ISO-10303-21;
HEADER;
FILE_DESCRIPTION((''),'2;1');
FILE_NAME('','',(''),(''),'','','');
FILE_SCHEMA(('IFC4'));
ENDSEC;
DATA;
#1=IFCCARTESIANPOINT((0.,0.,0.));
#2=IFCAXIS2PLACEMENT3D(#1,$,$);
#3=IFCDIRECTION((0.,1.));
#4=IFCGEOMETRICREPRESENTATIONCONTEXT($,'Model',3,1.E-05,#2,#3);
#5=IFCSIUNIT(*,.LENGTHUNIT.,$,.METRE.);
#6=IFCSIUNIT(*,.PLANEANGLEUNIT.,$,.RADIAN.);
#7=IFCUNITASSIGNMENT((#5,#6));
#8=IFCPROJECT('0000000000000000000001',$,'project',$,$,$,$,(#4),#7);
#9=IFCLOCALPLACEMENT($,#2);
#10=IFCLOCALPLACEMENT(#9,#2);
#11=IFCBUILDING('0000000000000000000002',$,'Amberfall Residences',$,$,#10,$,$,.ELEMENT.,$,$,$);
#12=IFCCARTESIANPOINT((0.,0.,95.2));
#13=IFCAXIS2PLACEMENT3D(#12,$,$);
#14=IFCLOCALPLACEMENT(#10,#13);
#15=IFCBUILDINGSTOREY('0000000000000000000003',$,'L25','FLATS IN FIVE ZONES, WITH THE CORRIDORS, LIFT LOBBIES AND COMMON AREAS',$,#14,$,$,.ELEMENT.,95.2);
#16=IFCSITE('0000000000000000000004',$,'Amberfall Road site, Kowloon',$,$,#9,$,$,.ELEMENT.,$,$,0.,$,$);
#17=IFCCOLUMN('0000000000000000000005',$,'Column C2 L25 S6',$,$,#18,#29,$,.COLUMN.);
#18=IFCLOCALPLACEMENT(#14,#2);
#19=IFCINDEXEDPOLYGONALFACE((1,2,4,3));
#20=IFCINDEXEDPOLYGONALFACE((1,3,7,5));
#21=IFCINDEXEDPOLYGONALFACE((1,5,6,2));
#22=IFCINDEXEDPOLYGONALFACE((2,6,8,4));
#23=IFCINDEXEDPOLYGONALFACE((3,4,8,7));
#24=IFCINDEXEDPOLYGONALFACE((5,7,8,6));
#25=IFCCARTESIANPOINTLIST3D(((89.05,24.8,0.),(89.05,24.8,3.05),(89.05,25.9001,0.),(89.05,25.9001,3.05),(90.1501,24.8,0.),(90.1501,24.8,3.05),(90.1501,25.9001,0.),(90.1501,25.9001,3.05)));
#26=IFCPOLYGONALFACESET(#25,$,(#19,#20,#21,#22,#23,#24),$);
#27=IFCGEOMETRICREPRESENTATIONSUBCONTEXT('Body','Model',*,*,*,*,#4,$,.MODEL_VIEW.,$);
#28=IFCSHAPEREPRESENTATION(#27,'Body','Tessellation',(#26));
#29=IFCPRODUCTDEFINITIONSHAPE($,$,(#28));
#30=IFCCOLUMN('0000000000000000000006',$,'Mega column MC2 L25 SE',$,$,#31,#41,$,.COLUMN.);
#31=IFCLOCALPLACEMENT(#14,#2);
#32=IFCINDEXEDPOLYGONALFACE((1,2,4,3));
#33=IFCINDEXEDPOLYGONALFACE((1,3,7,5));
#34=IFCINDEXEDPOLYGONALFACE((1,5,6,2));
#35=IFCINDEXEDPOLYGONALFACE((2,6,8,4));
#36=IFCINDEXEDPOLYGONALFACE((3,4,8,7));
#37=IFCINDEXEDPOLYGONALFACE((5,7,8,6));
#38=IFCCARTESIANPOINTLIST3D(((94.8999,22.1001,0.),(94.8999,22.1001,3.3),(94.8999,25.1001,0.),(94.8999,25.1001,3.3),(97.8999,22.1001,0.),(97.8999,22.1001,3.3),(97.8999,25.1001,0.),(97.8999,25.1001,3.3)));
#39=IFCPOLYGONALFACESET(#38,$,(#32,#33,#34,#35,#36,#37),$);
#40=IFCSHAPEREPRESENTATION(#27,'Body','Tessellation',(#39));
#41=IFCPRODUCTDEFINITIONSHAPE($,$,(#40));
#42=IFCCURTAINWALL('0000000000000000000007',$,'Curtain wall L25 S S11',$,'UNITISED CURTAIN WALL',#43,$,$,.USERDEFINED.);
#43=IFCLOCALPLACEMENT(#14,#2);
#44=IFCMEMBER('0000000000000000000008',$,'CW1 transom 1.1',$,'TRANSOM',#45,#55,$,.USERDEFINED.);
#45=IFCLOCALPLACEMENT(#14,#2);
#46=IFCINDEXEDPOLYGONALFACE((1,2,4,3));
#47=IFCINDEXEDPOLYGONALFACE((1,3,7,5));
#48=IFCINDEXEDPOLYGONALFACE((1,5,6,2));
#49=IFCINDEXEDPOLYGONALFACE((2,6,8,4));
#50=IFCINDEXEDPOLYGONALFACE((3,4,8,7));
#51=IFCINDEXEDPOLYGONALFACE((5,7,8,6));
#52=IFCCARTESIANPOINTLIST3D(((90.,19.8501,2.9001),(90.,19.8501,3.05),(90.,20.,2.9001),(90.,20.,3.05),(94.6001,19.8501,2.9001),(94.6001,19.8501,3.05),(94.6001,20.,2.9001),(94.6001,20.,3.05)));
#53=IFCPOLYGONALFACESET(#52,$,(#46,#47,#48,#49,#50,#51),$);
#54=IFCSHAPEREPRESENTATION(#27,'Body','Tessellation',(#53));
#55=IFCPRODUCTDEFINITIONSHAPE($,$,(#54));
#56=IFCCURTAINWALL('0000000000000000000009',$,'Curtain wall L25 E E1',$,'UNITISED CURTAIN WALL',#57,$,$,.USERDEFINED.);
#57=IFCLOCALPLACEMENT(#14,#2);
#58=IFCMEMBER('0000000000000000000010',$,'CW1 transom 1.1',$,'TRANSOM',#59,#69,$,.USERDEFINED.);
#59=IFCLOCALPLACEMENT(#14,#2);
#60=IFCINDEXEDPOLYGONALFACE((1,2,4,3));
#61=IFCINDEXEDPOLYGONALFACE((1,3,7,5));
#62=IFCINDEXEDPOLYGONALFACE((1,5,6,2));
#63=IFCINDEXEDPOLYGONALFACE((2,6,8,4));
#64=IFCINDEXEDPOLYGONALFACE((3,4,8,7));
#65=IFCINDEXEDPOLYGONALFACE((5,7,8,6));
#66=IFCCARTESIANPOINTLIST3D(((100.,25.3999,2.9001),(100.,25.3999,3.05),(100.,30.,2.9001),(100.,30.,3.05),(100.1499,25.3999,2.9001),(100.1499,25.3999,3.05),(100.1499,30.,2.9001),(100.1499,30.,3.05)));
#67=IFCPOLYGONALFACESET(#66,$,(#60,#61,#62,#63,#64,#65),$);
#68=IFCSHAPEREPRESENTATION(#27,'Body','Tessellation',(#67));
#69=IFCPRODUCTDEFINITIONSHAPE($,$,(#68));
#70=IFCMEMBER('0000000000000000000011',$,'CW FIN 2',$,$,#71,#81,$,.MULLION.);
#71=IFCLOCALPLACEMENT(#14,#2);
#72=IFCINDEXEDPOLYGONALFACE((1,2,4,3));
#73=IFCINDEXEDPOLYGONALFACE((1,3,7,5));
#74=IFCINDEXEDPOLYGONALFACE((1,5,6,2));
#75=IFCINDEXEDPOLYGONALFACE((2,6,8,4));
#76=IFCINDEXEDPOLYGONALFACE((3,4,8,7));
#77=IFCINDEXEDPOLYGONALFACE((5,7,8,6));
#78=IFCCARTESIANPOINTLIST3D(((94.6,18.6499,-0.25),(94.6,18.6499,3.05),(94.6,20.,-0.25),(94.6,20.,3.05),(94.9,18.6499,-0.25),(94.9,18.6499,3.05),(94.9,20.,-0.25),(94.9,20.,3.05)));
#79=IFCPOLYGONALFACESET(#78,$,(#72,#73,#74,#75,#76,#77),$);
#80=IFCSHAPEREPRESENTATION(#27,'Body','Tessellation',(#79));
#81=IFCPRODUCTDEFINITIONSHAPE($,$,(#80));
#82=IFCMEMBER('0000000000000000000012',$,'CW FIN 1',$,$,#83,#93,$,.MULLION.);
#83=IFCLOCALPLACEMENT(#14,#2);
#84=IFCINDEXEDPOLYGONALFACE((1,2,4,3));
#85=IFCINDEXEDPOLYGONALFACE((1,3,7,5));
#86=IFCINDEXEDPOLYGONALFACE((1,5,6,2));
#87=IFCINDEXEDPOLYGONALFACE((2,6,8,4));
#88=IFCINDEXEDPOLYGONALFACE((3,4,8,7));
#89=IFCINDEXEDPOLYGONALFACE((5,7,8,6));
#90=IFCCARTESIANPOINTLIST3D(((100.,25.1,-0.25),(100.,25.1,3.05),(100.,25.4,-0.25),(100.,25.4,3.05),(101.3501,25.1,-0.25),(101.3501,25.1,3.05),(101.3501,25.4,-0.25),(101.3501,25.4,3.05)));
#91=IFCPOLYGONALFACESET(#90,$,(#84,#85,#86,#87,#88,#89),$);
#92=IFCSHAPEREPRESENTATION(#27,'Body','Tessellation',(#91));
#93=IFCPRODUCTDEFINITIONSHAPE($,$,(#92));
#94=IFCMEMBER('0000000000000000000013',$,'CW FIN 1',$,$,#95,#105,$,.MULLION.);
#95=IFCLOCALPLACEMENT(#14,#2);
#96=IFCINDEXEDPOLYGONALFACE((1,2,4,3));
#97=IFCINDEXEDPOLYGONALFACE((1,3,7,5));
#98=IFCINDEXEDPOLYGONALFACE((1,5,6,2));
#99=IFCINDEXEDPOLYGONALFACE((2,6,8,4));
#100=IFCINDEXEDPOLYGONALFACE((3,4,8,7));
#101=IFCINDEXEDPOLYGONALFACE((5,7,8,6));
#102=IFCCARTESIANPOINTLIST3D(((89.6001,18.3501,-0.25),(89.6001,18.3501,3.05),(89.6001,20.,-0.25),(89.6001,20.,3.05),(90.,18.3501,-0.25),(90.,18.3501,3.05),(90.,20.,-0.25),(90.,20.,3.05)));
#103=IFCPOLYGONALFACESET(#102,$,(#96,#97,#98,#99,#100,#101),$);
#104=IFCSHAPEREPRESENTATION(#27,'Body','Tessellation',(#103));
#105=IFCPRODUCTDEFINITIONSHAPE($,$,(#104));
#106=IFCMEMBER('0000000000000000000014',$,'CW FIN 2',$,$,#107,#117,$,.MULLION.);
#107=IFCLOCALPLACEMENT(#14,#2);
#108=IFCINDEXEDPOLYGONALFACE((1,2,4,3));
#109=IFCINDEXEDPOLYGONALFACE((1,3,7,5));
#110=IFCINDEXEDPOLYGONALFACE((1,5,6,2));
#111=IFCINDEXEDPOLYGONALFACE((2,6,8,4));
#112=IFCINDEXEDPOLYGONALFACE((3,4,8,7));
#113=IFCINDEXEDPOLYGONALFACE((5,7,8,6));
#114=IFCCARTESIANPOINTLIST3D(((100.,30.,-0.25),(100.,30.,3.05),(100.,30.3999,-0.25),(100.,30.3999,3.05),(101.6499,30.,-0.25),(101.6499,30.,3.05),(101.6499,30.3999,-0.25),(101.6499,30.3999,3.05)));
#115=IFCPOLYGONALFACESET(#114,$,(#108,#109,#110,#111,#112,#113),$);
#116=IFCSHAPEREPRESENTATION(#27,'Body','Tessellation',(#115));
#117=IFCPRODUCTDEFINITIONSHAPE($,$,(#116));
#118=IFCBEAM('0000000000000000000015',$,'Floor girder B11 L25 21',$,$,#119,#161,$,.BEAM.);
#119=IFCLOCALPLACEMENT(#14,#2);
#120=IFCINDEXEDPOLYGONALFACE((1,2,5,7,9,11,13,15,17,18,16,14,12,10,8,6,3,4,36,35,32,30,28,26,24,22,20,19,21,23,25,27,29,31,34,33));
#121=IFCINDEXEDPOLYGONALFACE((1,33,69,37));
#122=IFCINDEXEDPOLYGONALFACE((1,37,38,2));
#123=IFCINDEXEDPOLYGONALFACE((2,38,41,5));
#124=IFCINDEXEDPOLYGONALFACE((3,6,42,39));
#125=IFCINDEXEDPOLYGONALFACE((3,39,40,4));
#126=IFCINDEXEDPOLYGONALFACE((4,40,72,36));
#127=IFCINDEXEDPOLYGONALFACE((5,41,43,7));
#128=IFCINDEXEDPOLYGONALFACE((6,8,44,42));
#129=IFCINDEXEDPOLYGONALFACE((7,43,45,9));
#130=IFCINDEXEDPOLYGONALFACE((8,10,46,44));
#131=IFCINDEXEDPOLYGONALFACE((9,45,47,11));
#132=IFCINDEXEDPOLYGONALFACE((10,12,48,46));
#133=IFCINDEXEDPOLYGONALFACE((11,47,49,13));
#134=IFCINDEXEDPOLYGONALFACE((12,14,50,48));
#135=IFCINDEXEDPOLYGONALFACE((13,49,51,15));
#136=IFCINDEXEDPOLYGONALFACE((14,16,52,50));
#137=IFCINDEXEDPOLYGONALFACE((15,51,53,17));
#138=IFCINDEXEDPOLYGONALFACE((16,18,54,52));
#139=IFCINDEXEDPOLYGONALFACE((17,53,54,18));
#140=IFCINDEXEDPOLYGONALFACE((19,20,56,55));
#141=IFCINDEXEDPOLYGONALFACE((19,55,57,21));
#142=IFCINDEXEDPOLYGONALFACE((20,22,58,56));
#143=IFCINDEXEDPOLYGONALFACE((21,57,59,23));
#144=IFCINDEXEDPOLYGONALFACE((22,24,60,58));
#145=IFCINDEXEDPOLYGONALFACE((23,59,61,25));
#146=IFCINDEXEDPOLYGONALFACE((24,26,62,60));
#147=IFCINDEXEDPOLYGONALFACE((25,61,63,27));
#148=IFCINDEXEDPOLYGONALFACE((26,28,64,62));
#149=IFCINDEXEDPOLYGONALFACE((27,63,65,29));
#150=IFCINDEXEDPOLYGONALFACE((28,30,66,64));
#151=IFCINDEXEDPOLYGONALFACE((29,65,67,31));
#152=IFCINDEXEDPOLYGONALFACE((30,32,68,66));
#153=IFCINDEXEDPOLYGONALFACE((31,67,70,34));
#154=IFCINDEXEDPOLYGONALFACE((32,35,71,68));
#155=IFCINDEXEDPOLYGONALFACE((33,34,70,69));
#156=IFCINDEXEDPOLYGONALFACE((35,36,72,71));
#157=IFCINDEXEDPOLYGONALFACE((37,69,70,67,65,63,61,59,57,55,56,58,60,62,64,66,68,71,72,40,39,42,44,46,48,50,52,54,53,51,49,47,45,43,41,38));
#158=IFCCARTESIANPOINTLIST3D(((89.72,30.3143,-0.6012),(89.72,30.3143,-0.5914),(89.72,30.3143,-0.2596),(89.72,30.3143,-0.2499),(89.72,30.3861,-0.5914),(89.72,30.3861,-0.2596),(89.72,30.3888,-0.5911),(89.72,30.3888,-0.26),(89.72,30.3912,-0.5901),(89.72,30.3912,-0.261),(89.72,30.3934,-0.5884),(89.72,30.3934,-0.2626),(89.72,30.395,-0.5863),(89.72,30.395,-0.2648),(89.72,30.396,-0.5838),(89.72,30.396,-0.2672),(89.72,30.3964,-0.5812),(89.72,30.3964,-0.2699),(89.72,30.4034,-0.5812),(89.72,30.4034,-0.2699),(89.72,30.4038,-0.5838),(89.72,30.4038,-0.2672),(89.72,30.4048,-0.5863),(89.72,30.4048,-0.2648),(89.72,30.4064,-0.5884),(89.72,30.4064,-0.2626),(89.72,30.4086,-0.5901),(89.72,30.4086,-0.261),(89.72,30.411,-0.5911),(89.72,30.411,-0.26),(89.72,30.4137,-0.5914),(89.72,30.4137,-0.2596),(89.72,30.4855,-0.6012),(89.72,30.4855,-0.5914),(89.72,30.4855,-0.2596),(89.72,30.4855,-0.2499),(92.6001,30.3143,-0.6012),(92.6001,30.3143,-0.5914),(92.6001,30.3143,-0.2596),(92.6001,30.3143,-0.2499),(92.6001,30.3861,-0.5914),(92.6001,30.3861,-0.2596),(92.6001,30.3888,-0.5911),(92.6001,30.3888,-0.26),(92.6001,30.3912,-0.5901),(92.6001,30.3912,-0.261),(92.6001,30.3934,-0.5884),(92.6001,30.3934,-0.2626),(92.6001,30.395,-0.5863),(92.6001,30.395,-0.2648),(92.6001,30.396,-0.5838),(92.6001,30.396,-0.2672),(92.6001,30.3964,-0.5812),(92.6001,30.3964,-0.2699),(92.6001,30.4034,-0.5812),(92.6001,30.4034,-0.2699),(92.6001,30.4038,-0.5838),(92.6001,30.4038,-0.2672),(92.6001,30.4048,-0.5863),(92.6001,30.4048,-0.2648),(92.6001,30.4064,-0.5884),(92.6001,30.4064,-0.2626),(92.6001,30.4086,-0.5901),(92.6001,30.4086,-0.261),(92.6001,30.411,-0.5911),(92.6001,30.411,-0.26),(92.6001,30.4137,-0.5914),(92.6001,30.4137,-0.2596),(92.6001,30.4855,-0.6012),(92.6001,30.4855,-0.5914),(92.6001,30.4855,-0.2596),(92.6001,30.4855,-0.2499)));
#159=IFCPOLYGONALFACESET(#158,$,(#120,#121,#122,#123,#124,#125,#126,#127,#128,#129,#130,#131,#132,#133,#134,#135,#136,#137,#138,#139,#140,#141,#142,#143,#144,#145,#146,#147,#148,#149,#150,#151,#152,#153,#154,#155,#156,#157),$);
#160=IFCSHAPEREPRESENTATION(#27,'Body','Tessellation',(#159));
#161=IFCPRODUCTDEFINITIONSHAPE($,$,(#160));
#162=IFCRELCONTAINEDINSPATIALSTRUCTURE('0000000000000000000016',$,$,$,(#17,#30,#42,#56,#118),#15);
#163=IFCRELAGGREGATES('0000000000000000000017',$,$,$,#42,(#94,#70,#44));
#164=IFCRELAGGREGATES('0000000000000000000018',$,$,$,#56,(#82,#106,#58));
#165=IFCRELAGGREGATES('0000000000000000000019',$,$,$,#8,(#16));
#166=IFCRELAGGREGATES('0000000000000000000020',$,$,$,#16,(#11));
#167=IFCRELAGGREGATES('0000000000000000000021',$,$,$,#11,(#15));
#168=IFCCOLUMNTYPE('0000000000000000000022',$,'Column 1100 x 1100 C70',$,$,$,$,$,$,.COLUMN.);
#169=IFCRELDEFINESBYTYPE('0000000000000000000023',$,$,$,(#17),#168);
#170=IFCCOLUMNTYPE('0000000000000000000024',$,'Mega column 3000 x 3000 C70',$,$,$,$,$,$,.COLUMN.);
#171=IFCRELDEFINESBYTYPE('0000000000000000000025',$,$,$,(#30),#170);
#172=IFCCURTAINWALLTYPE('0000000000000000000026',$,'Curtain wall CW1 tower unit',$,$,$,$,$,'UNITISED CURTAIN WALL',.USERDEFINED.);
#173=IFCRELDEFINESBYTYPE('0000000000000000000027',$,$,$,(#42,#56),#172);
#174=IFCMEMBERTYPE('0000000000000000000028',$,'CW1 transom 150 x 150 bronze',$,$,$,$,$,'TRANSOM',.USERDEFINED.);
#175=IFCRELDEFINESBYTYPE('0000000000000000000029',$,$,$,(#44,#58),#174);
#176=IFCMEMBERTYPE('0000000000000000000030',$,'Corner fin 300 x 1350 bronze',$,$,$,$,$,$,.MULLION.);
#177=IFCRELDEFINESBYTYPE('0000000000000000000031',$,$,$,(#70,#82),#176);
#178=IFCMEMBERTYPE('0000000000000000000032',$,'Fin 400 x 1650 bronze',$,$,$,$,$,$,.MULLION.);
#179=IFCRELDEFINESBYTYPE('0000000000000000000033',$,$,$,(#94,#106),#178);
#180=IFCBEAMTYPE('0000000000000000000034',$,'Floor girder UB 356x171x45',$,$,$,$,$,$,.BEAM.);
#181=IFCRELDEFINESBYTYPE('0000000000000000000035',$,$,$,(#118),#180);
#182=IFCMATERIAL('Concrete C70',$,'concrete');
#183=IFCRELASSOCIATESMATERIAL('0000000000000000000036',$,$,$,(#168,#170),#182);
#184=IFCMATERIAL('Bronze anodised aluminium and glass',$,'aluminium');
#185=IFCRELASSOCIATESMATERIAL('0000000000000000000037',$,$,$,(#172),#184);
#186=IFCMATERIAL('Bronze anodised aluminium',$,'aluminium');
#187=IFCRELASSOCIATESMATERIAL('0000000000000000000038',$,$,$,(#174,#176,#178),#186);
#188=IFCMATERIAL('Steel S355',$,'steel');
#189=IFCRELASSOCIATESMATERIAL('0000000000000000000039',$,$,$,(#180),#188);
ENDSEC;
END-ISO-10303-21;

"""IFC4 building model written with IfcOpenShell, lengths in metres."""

from ifc_helpers import new_model, si_unit, direction, frame, origin, origin_2d, place, context, subcontext, project, spatial, rectangle, i_section, extrude, material, material_profile, profile_set, type_object, element, aggregate, save


model = new_model("IFC4")

# Units and contexts
model_context = context("Model", 3, precision=1e-05, world=origin(), true_north=direction((0.0, 1.0)))
body_context = subcontext(model_context, "Body", "Model", "MODEL_VIEW")
ifc_project = project(units=[si_unit("LENGTHUNIT", "METRE"), si_unit("PLANEANGLEUNIT", "RADIAN")], contexts=[model_context])

# Site, building, storey
site_placement = place(None, origin())
site = spatial("IfcSite", under=ifc_project, at=site_placement, Name="Amberfall Road site, Kowloon", CompositionType="ELEMENT", RefElevation=0.0)
building_placement = place(site_placement, origin())
building = spatial("IfcBuilding", under=site, at=building_placement, Name="Amberfall Residences", CompositionType="ELEMENT")
storey_placement = place(building_placement, frame((0.0, 0.0, 95.2)))
storey = spatial("IfcBuildingStorey", under=building, at=storey_placement, Name="L25", Description="FLATS IN FIVE ZONES, WITH THE CORRIDORS, LIFT LOBBIES AND COMMON AREAS", CompositionType="ELEMENT", Elevation=95.2)

# Columns
ifc_material_1 = material(Name="Concrete C70", Category="concrete")
ifc_material_profile_1 = material_profile(ifc_material_1, rectangle(XDim=1.1001, YDim=1.1001, at=origin_2d()), Name="Column 1100 x 1100 C70")
ifc_profile_set_1 = profile_set([ifc_material_profile_1], Name="Concrete C70")
column_type_1 = type_object("IfcColumnType", Name="Column 1100 x 1100 C70", PredefinedType="COLUMN", material=ifc_profile_set_1)
column_1_placement = place(storey_placement, frame((89.6001, 25.3501, 0.0), z_axis=(0.0, 0.0, 1.0), x_axis=(1.0, 0.0, 0.0)))
element("IfcColumn", 1, at=column_1_placement, inside=storey, type_object=column_type_1, Name="Column C2 L25 S6", PredefinedType="COLUMN", context=body_context, shape_type="SweptSolid", body=[
    extrude(rectangle(XDim=1.1001, YDim=1.1001, at=origin_2d()), origin(), (0.0, 0.0, 1.0), 3.05),
])
ifc_material_profile_2 = material_profile(ifc_material_1, rectangle(XDim=3.0, YDim=3.0, at=origin_2d()), Name="Mega column 3000 x 3000 C70")
ifc_profile_set_2 = profile_set([ifc_material_profile_2], Name="Concrete C70")
column_type_2 = type_object("IfcColumnType", Name="Mega column 3000 x 3000 C70", PredefinedType="COLUMN", material=ifc_profile_set_2)
column_2_placement = place(storey_placement, frame((96.3999, 23.6001, 0.0), z_axis=(0.0, 0.0, 1.0), x_axis=(1.0, 0.0, 0.0)))
element("IfcColumn", 2, at=column_2_placement, inside=storey, type_object=column_type_2, Name="Mega column MC2 L25 SE", PredefinedType="COLUMN", context=body_context, shape_type="SweptSolid", body=[
    extrude(rectangle(XDim=3.0, YDim=3.0, at=origin_2d()), origin(), (0.0, 0.0, 1.0), 3.3),
])

# Curtain walls, members
ifc_material_2 = material(Name="Bronze anodised aluminium and glass", Category="aluminium")
curtain_wall_type = type_object("IfcCurtainWallType", Name="Curtain wall CW1 tower unit", ElementType="UNITISED CURTAIN WALL", PredefinedType="USERDEFINED", material=ifc_material_2)
curtain_wall_1_placement = place(storey_placement, origin())
curtain_wall_1 = element("IfcCurtainWall", 3, at=curtain_wall_1_placement, inside=storey, type_object=curtain_wall_type, Name="Curtain wall L25 S S11", ObjectType="UNITISED CURTAIN WALL", PredefinedType="USERDEFINED")
ifc_material_3 = material(Name="Bronze anodised aluminium", Category="aluminium")
ifc_material_profile_3 = material_profile(ifc_material_3, rectangle(XDim=0.1499, YDim=0.1499, at=origin_2d()), Name="CW1 transom 150 x 150 bronze")
ifc_profile_set_3 = profile_set([ifc_material_profile_3], Name="Bronze anodised aluminium")
member_type_1 = type_object("IfcMemberType", Name="CW1 transom 150 x 150 bronze", ElementType="TRANSOM", PredefinedType="USERDEFINED", material=ifc_profile_set_3)
member_1_placement = place(storey_placement, frame((90.0, 19.925, 2.9751), z_axis=(1.0, 0.0, 0.0), x_axis=(0.0, 1.0, 0.0)))
member_1 = element("IfcMember", 4, at=member_1_placement, type_object=member_type_1, Name="CW1 transom 1.1", ObjectType="TRANSOM", PredefinedType="USERDEFINED", context=body_context, shape_type="SweptSolid", body=[
    extrude(rectangle(XDim=0.1499, YDim=0.1499, at=origin_2d()), origin(), (0.0, 0.0, 1.0), 4.6001),
])
curtain_wall_2_placement = place(storey_placement, origin())
curtain_wall_2 = element("IfcCurtainWall", 5, at=curtain_wall_2_placement, inside=storey, type_object=curtain_wall_type, Name="Curtain wall L25 E E1", ObjectType="UNITISED CURTAIN WALL", PredefinedType="USERDEFINED")
member_2_placement = place(storey_placement, frame((100.075, 25.3999, 2.9751), z_axis=(0.0, 1.0, 0.0), x_axis=(-1.0, 0.0, 0.0)))
member_2 = element("IfcMember", 6, at=member_2_placement, type_object=member_type_1, Name="CW1 transom 1.1", ObjectType="TRANSOM", PredefinedType="USERDEFINED", context=body_context, shape_type="SweptSolid", body=[
    extrude(rectangle(XDim=0.1499, YDim=0.1499, at=origin_2d()), origin(), (0.0, 0.0, 1.0), 4.6001),
])

# Members
ifc_material_profile_4 = material_profile(ifc_material_3, rectangle(XDim=1.3501, YDim=0.3, at=origin_2d()), Name="Corner fin 300 x 1350 bronze")
ifc_profile_set_4 = profile_set([ifc_material_profile_4], Name="Bronze anodised aluminium")
member_type_2 = type_object("IfcMemberType", Name="Corner fin 300 x 1350 bronze", PredefinedType="MULLION", material=ifc_profile_set_4)
member_3_placement = place(storey_placement, frame((94.75, 19.325, -0.25), z_axis=(0.0, 0.0, 1.0), x_axis=(0.0, 1.0, 0.0)))
member_3 = element("IfcMember", 7, at=member_3_placement, type_object=member_type_2, Name="CW FIN 2", PredefinedType="MULLION", context=body_context, shape_type="SweptSolid", body=[
    extrude(rectangle(XDim=1.3501, YDim=0.3, at=origin_2d()), origin(), (0.0, 0.0, 1.0), 3.3),
])
member_4_placement = place(storey_placement, frame((100.675, 25.25, -0.25), z_axis=(0.0, 0.0, 1.0), x_axis=(-1.0, 0.0, 0.0)))
member_4 = element("IfcMember", 8, at=member_4_placement, type_object=member_type_2, Name="CW FIN 1", PredefinedType="MULLION", context=body_context, shape_type="SweptSolid", body=[
    extrude(rectangle(XDim=1.3501, YDim=0.3, at=origin_2d()), origin(), (0.0, 0.0, 1.0), 3.3),
])
ifc_material_profile_5 = material_profile(ifc_material_3, rectangle(XDim=1.6499, YDim=0.3999, at=origin_2d()), Name="Fin 400 x 1650 bronze")
ifc_profile_set_5 = profile_set([ifc_material_profile_5], Name="Bronze anodised aluminium")
member_type_3 = type_object("IfcMemberType", Name="Fin 400 x 1650 bronze", PredefinedType="MULLION", material=ifc_profile_set_5)
member_5_placement = place(storey_placement, frame((89.8, 19.175, -0.25), z_axis=(0.0, 0.0, 1.0), x_axis=(0.0, 1.0, 0.0)))
member_5 = element("IfcMember", 9, at=member_5_placement, type_object=member_type_3, Name="CW FIN 1", PredefinedType="MULLION", context=body_context, shape_type="SweptSolid", body=[
    extrude(rectangle(XDim=1.6499, YDim=0.3999, at=origin_2d()), origin(), (0.0, 0.0, 1.0), 3.3),
])
member_6_placement = place(storey_placement, frame((100.825, 30.2, -0.25), z_axis=(0.0, 0.0, 1.0), x_axis=(-1.0, 0.0, 0.0)))
member_6 = element("IfcMember", 10, at=member_6_placement, type_object=member_type_3, Name="CW FIN 2", PredefinedType="MULLION", context=body_context, shape_type="SweptSolid", body=[
    extrude(rectangle(XDim=1.6499, YDim=0.3999, at=origin_2d()), origin(), (0.0, 0.0, 1.0), 3.3),
])

# Beam
ifc_material_4 = material(Name="Steel S355", Category="steel")
ifc_material_profile_6 = material_profile(ifc_material_4, i_section(OverallWidth=0.1711, OverallDepth=0.3513, WebThickness=0.0071, FlangeThickness=0.0098, FilletRadius=0.0103, at=origin_2d()), Name="UB 356x171x45")
ifc_profile_set_6 = profile_set([ifc_material_profile_6], Name="Steel S355")
beam_type_1 = type_object("IfcBeamType", Name="Floor girder UB 356x171x45", PredefinedType="BEAM", material=ifc_profile_set_6)
beam_1_placement = place(storey_placement, frame((92.6001, 30.3999, -0.4255), z_axis=(-1.0, 0.0, 0.0), x_axis=(0.0, -1.0, 0.0)))
element("IfcBeam", 11, at=beam_1_placement, inside=storey, type_object=beam_type_1, Name="Floor girder B11 L25 21", PredefinedType="BEAM", context=body_context, shape_type="SweptSolid", body=[
    extrude(i_section(OverallWidth=0.1711, OverallDepth=0.3513, WebThickness=0.0071, FlangeThickness=0.0098, FilletRadius=0.0103, at=origin_2d()), origin(), (0.0, 0.0, 1.0), 2.8801),
])

aggregate(curtain_wall_1, [member_5, member_3, member_1])
aggregate(curtain_wall_2, [member_4, member_6, member_2])

save(model, "model.ifc")
